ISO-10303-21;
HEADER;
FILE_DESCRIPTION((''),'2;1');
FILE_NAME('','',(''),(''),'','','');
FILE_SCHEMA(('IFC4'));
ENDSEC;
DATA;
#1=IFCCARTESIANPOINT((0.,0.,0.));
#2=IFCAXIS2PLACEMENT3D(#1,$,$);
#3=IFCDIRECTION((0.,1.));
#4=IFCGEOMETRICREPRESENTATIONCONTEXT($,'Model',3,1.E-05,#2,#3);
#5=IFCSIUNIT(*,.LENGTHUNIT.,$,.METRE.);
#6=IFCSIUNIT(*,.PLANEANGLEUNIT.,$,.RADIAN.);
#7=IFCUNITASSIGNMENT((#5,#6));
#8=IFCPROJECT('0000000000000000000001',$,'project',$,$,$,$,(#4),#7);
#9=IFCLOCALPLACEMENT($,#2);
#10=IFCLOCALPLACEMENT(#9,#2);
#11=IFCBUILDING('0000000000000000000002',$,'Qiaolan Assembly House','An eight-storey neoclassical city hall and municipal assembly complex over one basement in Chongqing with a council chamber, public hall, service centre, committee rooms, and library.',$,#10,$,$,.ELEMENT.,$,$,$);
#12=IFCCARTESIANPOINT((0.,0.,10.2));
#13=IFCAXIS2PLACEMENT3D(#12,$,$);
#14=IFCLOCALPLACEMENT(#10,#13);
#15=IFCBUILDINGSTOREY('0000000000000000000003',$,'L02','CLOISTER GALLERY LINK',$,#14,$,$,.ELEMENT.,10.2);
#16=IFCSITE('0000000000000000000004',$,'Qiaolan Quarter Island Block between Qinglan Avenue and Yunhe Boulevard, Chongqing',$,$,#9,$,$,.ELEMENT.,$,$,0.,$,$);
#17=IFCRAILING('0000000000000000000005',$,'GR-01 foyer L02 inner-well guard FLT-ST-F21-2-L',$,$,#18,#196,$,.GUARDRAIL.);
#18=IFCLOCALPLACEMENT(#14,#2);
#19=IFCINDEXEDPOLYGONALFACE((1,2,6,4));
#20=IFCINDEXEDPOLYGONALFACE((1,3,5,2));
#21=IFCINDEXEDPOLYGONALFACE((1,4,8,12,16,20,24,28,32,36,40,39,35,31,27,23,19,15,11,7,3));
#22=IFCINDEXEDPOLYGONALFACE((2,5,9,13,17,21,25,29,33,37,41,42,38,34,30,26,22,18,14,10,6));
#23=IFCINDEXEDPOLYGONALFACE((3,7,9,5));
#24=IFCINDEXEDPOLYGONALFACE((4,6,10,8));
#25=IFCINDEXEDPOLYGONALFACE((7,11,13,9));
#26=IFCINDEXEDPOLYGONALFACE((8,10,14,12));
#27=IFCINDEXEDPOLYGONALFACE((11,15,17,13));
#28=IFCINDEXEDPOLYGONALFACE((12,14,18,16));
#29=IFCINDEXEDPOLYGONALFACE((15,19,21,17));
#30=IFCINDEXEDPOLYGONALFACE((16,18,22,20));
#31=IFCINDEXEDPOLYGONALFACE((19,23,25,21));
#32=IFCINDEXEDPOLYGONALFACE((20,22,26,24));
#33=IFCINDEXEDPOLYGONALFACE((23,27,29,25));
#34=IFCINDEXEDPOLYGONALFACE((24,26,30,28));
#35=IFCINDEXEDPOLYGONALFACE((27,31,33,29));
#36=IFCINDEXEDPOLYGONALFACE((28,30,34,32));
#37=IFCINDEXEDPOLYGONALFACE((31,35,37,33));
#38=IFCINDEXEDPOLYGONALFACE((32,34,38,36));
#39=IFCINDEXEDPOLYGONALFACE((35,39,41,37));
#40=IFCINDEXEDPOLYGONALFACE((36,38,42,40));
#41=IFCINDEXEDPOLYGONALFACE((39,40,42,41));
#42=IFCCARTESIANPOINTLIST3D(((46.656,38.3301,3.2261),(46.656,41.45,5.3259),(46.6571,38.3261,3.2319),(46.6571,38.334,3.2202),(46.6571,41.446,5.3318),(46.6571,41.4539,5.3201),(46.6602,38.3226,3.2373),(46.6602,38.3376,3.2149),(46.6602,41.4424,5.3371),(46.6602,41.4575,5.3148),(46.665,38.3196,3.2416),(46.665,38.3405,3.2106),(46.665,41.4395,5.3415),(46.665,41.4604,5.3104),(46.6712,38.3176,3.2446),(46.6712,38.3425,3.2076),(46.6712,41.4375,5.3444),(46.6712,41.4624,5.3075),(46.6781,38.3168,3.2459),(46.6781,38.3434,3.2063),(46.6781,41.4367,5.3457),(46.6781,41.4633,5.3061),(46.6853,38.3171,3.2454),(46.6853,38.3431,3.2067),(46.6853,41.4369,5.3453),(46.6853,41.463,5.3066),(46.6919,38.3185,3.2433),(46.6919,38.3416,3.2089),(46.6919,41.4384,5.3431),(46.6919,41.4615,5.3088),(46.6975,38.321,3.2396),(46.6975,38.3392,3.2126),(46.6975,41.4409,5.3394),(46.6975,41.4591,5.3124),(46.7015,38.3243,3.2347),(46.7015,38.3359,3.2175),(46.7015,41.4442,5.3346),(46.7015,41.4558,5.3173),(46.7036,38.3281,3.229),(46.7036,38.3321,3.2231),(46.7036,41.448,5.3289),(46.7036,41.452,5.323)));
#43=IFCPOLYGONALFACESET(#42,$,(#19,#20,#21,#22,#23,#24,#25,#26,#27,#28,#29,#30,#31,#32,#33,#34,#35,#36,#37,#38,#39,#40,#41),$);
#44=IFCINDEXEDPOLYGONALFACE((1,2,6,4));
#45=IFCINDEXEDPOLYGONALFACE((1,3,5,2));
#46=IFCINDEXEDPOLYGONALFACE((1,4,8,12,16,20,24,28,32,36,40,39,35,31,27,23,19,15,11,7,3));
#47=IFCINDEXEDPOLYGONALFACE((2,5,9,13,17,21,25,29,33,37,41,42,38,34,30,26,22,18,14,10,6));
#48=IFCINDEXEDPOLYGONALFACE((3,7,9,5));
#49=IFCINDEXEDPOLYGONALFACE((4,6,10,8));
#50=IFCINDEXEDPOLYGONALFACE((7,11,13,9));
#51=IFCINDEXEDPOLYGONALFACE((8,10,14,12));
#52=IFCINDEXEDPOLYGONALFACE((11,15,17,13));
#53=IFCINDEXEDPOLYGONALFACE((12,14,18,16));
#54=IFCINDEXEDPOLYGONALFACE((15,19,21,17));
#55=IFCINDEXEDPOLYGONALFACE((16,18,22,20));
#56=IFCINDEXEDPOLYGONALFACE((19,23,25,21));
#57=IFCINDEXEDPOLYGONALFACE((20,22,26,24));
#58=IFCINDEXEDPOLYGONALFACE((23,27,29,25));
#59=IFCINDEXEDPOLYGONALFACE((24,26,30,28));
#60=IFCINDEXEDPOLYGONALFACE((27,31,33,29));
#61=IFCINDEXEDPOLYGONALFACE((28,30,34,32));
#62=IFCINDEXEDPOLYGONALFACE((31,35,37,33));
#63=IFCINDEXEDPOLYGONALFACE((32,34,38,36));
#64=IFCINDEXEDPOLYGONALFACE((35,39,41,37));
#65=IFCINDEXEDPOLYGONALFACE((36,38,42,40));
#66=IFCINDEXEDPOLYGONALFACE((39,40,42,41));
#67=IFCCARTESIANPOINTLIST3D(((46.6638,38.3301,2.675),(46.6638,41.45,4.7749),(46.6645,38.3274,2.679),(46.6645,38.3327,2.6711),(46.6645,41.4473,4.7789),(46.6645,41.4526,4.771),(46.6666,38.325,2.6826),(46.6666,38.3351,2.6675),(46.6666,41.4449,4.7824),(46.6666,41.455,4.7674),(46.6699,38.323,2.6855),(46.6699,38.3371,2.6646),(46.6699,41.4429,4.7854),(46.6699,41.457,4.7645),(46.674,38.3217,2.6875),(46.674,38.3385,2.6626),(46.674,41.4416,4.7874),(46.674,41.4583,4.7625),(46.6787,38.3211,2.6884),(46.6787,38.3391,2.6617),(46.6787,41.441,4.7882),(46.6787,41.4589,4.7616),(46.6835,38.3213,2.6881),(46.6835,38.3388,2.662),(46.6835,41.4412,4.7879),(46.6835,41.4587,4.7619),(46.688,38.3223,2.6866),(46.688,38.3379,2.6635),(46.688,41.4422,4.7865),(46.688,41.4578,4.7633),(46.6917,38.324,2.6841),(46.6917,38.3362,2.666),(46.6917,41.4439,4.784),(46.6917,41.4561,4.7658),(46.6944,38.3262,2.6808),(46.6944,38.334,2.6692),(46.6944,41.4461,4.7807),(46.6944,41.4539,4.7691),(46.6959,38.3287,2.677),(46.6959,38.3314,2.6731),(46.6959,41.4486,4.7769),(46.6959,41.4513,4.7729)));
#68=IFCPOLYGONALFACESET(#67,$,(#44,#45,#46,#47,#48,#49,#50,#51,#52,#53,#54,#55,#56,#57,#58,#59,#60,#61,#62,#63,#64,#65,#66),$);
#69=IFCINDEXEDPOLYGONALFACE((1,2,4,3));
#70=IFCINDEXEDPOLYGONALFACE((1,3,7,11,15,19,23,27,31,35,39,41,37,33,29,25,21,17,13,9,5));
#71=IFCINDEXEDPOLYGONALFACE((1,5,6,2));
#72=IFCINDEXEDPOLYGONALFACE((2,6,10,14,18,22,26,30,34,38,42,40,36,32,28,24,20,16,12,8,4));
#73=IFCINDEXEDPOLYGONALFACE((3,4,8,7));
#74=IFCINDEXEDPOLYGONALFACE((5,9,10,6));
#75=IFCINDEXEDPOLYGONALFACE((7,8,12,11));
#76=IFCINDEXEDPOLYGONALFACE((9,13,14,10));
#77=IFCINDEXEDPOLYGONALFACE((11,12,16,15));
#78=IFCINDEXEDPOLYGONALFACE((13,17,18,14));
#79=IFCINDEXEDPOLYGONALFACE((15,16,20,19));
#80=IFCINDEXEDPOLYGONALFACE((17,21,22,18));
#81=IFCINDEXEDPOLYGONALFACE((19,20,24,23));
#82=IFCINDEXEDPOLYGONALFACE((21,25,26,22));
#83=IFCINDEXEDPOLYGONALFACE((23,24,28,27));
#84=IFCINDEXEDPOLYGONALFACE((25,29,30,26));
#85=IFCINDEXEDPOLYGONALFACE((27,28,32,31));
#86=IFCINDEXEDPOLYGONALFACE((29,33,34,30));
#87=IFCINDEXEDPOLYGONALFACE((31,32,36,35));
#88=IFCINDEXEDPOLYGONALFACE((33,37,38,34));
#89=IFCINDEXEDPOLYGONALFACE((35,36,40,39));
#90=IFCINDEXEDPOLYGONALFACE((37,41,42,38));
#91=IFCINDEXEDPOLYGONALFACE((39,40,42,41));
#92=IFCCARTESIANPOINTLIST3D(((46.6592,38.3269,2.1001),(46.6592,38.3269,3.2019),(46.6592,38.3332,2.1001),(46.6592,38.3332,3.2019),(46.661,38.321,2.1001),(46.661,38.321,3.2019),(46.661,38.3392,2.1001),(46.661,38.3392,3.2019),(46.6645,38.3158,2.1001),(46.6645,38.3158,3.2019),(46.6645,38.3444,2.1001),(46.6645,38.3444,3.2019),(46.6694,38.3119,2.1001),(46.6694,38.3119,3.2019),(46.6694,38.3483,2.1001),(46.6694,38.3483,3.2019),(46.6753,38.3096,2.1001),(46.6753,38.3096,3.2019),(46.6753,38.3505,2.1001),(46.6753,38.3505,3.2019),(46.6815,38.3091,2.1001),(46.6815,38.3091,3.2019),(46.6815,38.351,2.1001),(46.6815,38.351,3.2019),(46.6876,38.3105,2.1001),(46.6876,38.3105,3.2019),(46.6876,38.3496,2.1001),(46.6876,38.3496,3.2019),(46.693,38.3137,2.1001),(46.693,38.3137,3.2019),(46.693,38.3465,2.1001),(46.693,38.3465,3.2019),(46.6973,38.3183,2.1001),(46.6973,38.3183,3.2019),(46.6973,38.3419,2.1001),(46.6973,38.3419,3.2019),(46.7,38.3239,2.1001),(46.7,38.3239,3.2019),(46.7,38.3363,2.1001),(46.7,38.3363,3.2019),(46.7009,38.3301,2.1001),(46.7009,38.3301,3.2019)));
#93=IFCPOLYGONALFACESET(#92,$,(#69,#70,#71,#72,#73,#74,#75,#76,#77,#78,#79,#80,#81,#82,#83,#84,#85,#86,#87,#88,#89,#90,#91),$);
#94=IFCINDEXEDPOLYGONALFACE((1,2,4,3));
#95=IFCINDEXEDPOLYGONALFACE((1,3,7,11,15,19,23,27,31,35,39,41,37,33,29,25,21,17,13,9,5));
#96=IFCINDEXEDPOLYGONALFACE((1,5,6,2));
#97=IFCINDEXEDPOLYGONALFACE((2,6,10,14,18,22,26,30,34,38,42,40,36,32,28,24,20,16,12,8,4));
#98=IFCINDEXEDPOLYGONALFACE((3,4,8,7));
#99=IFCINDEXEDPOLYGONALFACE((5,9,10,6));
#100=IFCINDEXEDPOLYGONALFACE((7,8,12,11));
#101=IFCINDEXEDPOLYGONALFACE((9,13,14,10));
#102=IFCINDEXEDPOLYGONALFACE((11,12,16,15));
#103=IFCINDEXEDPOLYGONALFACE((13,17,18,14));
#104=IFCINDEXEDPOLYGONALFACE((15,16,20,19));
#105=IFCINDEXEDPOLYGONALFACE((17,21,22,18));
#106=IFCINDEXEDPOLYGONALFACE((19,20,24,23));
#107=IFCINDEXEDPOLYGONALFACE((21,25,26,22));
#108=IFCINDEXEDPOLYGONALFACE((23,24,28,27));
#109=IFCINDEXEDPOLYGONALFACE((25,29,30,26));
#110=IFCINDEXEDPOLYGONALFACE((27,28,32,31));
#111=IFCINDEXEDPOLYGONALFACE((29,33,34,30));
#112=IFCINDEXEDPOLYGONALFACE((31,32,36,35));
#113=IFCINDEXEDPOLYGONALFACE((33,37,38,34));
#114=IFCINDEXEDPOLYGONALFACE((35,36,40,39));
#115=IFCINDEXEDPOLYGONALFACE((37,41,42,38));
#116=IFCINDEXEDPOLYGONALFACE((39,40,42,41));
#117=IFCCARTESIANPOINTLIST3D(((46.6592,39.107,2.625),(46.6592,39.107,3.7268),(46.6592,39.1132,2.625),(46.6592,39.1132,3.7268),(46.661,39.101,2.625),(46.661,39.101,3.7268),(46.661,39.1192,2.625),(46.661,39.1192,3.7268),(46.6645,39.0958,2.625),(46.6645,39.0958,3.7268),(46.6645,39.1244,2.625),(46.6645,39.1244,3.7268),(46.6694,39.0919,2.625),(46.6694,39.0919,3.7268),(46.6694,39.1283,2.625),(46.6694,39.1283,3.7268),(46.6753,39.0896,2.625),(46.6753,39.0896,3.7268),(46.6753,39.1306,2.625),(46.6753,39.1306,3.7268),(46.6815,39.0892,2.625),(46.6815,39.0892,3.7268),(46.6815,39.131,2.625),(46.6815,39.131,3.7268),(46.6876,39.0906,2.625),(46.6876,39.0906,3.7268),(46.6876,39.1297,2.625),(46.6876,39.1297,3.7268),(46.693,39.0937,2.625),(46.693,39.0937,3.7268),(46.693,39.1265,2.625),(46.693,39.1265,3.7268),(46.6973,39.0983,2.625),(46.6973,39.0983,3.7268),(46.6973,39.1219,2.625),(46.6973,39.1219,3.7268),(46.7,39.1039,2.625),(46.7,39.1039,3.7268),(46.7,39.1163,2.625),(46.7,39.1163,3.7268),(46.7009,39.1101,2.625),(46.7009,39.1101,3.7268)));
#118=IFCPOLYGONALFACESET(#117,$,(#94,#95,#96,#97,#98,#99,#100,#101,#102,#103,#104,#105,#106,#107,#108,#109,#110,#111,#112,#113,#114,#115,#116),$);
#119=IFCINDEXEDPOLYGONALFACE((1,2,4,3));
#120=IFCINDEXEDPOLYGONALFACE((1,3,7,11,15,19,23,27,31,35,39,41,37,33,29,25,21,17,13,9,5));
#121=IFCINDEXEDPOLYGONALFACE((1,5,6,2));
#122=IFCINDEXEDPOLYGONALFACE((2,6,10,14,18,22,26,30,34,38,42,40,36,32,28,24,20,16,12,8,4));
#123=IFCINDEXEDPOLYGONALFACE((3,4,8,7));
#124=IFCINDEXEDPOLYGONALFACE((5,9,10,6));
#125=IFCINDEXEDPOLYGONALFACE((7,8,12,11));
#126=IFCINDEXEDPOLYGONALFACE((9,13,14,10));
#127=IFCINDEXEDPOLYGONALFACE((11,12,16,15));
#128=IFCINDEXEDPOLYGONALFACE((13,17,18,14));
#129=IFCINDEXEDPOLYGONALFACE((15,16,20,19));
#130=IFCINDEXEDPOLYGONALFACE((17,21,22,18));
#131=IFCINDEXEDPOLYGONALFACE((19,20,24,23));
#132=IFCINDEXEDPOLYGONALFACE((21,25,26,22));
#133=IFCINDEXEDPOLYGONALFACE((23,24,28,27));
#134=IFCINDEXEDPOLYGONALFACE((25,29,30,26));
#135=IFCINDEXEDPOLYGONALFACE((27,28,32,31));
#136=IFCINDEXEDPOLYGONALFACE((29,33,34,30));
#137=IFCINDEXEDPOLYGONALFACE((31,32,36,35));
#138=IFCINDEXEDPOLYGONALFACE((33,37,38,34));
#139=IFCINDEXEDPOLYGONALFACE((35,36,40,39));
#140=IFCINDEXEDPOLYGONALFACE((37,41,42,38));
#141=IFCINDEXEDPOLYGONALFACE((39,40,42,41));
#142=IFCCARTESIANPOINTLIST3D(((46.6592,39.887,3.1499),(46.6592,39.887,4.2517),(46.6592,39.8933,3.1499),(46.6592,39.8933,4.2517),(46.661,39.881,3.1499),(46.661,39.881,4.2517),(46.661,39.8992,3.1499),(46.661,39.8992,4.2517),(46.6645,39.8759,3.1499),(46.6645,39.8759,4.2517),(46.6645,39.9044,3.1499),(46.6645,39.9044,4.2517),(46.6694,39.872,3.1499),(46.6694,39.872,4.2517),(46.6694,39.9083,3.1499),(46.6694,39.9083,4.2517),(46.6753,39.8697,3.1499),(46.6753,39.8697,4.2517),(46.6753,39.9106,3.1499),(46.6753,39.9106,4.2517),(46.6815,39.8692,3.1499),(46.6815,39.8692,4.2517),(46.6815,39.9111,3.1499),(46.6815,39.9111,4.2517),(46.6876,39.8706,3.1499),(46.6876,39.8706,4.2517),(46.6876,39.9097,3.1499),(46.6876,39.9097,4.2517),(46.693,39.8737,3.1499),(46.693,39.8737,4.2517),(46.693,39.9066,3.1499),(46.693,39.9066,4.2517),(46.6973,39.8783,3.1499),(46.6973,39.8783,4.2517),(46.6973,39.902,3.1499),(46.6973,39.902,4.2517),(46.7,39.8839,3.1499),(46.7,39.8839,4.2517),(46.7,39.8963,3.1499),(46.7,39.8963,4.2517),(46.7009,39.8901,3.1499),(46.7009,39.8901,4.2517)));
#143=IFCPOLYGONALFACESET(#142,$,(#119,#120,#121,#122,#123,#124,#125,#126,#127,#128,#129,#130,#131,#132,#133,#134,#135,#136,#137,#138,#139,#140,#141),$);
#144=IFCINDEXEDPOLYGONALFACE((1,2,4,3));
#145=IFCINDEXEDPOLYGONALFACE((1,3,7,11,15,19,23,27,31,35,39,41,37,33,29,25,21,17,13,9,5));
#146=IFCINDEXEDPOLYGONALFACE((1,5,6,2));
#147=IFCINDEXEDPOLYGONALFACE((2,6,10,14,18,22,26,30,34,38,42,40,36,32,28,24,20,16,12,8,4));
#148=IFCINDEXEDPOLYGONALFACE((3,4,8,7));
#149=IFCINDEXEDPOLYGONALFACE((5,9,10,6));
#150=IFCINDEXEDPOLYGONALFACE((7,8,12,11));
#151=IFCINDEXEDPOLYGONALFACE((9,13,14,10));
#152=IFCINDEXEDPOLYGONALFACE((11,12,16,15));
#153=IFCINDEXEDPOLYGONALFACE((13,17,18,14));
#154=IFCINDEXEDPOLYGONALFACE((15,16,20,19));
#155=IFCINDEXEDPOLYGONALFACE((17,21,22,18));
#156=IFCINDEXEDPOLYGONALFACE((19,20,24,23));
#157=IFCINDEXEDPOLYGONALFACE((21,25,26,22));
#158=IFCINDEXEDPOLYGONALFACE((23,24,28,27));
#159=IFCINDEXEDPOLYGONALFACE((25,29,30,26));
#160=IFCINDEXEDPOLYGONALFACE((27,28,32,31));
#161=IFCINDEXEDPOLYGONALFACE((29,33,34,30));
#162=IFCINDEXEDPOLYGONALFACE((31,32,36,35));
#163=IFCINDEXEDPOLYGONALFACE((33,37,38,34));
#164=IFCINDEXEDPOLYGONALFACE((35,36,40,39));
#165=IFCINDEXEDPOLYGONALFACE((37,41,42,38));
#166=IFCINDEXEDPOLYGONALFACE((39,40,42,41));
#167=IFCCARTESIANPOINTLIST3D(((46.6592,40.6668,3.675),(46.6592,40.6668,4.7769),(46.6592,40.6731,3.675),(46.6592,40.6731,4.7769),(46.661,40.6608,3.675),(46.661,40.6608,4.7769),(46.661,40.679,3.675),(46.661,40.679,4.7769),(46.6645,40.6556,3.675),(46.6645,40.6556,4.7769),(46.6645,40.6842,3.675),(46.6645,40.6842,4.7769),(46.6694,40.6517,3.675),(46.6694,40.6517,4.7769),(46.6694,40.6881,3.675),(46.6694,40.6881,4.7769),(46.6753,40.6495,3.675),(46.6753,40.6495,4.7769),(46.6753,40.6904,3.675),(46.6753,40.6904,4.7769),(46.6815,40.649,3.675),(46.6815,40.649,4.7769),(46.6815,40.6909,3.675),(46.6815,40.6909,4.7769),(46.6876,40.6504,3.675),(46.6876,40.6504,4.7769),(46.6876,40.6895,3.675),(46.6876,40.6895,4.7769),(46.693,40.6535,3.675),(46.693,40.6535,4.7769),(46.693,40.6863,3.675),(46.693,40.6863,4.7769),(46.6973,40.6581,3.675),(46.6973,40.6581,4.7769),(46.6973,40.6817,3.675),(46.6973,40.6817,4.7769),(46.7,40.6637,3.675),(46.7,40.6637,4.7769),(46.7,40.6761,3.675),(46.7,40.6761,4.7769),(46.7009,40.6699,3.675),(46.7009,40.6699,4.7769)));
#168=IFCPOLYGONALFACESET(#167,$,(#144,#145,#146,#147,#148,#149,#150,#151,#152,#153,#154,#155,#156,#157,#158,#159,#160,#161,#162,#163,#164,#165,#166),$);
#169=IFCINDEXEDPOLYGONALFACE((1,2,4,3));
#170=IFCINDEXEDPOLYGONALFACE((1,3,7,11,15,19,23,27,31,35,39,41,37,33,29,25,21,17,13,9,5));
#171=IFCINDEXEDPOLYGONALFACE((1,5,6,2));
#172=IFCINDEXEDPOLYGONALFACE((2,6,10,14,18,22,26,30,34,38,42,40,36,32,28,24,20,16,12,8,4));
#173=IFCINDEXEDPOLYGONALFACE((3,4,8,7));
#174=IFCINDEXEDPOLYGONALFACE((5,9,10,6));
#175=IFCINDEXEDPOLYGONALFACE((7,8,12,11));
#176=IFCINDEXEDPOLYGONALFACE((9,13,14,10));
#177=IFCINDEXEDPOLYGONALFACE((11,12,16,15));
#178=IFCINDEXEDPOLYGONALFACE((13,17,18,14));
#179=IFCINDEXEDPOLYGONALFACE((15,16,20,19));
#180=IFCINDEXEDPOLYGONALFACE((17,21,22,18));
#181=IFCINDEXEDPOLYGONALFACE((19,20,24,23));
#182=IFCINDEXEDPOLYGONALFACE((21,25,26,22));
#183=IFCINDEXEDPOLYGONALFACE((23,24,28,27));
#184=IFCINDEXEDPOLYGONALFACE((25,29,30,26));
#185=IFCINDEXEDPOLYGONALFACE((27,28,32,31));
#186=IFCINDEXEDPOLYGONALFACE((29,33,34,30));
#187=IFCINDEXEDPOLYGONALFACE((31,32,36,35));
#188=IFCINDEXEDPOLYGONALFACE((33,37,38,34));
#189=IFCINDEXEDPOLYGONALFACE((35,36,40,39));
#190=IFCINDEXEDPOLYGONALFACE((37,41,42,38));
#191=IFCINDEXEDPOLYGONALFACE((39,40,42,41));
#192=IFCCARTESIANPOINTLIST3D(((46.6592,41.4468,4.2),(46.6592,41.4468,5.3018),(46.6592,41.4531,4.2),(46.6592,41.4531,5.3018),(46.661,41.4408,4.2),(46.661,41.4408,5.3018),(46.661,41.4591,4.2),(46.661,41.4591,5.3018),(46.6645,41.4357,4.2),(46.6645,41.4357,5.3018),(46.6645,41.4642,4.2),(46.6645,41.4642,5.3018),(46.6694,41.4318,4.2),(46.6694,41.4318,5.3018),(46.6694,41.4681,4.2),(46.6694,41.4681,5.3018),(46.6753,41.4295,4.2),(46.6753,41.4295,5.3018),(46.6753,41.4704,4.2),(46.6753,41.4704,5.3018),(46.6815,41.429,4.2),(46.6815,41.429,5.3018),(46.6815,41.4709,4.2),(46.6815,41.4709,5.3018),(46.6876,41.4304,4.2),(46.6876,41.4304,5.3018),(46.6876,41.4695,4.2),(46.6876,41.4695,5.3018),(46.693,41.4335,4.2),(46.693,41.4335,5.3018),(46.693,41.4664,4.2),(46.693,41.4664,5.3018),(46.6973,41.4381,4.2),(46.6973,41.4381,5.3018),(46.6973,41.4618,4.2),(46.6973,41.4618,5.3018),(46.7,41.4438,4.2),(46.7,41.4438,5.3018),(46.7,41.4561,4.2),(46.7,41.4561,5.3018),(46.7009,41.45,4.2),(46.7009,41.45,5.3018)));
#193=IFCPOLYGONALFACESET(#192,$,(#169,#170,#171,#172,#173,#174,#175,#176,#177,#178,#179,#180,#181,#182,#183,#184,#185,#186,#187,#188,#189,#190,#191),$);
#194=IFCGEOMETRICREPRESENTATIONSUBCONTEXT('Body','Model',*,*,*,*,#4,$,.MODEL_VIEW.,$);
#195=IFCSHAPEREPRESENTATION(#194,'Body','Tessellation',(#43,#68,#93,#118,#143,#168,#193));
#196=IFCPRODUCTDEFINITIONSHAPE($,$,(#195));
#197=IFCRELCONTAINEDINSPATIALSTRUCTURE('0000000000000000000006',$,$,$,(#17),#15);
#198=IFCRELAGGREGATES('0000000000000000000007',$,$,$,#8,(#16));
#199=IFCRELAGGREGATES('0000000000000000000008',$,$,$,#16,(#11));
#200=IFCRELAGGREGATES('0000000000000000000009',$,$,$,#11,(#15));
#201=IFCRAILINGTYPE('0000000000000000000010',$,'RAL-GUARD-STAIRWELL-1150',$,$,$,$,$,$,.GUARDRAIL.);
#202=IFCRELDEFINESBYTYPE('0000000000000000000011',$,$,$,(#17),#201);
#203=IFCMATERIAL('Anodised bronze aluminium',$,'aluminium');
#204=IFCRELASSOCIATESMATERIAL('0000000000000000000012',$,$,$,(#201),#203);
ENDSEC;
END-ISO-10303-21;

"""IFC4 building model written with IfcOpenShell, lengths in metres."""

from ifc_helpers import new_model, si_unit, direction, frame, origin, origin_2d, place, context, subcontext, project, spatial, circle, extrude, material, type_object, element, save


model = new_model("IFC4")

# Units and contexts
model_context = context("Model", 3, precision=1e-05, world=origin(), true_north=direction((0.0, 1.0)))
body_context = subcontext(model_context, "Body", "Model", "MODEL_VIEW")
ifc_project = project(units=[si_unit("LENGTHUNIT", "METRE"), si_unit("PLANEANGLEUNIT", "RADIAN")], contexts=[model_context])

# Site, building, storey
site_placement = place(None, origin())
site = spatial("IfcSite", under=ifc_project, at=site_placement, Name="Qiaolan Quarter Island Block between Qinglan Avenue and Yunhe Boulevard, Chongqing", CompositionType="ELEMENT", RefElevation=0.0)
building_placement = place(site_placement, origin())
building = spatial("IfcBuilding", under=site, at=building_placement, Name="Qiaolan Assembly House", Description="An eight-storey neoclassical city hall and municipal assembly complex over one basement in Chongqing with a council chamber, public hall, service centre, committee rooms, and library.", CompositionType="ELEMENT")
storey_placement = place(building_placement, frame((0.0, 0.0, 10.2)))
storey = spatial("IfcBuildingStorey", under=building, at=storey_placement, Name="L02", Description="CLOISTER GALLERY LINK", CompositionType="ELEMENT", Elevation=10.2)

# Railing
ifc_material_1 = material(Name="Anodised bronze aluminium", Category="aluminium")
railing_type_1 = type_object("IfcRailingType", Name="RAL-GUARD-STAIRWELL-1150", PredefinedType="GUARDRAIL", material=ifc_material_1)
railing_1_placement = place(storey_placement, frame((46.6799, 38.3301, 2.1001)))
element("IfcRailing", 1, at=railing_1_placement, inside=storey, type_object=railing_type_1, Name="GR-01 foyer L02 inner-well guard FLT-ST-F21-2-L", PredefinedType="GUARDRAIL", context=body_context, shape_type="SweptSolid", body=[
    extrude(circle(Radius=0.0239, at=origin_2d()), frame((0.0, 0.0, 1.126), z_axis=(0.0, 0.829595, 0.558365), x_axis=(-1.0, 0.0, 0.0)), (0.0, 0.0, 1.0), 3.7607),
    extrude(circle(Radius=0.0161, at=origin_2d()), frame((0.0, 0.0, 0.575), z_axis=(0.0, 0.829595, 0.558365), x_axis=(-1.0, 0.0, 0.0)), (0.0, 0.0, 1.0), 3.7607),
    extrude(circle(Radius=0.021, at=origin_2d()), origin(), (0.0, 0.0, 1.0), 1.1018),
    extrude(circle(Radius=0.021, at=origin_2d()), frame((0.0, 0.78, 0.5249)), (0.0, 0.0, 1.0), 1.1018),
    extrude(circle(Radius=0.021, at=origin_2d()), frame((0.0, 1.5601, 1.0498)), (0.0, 0.0, 1.0), 1.1018),
    extrude(circle(Radius=0.021, at=origin_2d()), frame((0.0, 2.3398, 1.575)), (0.0, 0.0, 1.0), 1.1018),
    extrude(circle(Radius=0.021, at=origin_2d()), frame((0.0, 3.1199, 2.0999)), (0.0, 0.0, 1.0), 1.1018),
])

save(model, "model.ifc")
